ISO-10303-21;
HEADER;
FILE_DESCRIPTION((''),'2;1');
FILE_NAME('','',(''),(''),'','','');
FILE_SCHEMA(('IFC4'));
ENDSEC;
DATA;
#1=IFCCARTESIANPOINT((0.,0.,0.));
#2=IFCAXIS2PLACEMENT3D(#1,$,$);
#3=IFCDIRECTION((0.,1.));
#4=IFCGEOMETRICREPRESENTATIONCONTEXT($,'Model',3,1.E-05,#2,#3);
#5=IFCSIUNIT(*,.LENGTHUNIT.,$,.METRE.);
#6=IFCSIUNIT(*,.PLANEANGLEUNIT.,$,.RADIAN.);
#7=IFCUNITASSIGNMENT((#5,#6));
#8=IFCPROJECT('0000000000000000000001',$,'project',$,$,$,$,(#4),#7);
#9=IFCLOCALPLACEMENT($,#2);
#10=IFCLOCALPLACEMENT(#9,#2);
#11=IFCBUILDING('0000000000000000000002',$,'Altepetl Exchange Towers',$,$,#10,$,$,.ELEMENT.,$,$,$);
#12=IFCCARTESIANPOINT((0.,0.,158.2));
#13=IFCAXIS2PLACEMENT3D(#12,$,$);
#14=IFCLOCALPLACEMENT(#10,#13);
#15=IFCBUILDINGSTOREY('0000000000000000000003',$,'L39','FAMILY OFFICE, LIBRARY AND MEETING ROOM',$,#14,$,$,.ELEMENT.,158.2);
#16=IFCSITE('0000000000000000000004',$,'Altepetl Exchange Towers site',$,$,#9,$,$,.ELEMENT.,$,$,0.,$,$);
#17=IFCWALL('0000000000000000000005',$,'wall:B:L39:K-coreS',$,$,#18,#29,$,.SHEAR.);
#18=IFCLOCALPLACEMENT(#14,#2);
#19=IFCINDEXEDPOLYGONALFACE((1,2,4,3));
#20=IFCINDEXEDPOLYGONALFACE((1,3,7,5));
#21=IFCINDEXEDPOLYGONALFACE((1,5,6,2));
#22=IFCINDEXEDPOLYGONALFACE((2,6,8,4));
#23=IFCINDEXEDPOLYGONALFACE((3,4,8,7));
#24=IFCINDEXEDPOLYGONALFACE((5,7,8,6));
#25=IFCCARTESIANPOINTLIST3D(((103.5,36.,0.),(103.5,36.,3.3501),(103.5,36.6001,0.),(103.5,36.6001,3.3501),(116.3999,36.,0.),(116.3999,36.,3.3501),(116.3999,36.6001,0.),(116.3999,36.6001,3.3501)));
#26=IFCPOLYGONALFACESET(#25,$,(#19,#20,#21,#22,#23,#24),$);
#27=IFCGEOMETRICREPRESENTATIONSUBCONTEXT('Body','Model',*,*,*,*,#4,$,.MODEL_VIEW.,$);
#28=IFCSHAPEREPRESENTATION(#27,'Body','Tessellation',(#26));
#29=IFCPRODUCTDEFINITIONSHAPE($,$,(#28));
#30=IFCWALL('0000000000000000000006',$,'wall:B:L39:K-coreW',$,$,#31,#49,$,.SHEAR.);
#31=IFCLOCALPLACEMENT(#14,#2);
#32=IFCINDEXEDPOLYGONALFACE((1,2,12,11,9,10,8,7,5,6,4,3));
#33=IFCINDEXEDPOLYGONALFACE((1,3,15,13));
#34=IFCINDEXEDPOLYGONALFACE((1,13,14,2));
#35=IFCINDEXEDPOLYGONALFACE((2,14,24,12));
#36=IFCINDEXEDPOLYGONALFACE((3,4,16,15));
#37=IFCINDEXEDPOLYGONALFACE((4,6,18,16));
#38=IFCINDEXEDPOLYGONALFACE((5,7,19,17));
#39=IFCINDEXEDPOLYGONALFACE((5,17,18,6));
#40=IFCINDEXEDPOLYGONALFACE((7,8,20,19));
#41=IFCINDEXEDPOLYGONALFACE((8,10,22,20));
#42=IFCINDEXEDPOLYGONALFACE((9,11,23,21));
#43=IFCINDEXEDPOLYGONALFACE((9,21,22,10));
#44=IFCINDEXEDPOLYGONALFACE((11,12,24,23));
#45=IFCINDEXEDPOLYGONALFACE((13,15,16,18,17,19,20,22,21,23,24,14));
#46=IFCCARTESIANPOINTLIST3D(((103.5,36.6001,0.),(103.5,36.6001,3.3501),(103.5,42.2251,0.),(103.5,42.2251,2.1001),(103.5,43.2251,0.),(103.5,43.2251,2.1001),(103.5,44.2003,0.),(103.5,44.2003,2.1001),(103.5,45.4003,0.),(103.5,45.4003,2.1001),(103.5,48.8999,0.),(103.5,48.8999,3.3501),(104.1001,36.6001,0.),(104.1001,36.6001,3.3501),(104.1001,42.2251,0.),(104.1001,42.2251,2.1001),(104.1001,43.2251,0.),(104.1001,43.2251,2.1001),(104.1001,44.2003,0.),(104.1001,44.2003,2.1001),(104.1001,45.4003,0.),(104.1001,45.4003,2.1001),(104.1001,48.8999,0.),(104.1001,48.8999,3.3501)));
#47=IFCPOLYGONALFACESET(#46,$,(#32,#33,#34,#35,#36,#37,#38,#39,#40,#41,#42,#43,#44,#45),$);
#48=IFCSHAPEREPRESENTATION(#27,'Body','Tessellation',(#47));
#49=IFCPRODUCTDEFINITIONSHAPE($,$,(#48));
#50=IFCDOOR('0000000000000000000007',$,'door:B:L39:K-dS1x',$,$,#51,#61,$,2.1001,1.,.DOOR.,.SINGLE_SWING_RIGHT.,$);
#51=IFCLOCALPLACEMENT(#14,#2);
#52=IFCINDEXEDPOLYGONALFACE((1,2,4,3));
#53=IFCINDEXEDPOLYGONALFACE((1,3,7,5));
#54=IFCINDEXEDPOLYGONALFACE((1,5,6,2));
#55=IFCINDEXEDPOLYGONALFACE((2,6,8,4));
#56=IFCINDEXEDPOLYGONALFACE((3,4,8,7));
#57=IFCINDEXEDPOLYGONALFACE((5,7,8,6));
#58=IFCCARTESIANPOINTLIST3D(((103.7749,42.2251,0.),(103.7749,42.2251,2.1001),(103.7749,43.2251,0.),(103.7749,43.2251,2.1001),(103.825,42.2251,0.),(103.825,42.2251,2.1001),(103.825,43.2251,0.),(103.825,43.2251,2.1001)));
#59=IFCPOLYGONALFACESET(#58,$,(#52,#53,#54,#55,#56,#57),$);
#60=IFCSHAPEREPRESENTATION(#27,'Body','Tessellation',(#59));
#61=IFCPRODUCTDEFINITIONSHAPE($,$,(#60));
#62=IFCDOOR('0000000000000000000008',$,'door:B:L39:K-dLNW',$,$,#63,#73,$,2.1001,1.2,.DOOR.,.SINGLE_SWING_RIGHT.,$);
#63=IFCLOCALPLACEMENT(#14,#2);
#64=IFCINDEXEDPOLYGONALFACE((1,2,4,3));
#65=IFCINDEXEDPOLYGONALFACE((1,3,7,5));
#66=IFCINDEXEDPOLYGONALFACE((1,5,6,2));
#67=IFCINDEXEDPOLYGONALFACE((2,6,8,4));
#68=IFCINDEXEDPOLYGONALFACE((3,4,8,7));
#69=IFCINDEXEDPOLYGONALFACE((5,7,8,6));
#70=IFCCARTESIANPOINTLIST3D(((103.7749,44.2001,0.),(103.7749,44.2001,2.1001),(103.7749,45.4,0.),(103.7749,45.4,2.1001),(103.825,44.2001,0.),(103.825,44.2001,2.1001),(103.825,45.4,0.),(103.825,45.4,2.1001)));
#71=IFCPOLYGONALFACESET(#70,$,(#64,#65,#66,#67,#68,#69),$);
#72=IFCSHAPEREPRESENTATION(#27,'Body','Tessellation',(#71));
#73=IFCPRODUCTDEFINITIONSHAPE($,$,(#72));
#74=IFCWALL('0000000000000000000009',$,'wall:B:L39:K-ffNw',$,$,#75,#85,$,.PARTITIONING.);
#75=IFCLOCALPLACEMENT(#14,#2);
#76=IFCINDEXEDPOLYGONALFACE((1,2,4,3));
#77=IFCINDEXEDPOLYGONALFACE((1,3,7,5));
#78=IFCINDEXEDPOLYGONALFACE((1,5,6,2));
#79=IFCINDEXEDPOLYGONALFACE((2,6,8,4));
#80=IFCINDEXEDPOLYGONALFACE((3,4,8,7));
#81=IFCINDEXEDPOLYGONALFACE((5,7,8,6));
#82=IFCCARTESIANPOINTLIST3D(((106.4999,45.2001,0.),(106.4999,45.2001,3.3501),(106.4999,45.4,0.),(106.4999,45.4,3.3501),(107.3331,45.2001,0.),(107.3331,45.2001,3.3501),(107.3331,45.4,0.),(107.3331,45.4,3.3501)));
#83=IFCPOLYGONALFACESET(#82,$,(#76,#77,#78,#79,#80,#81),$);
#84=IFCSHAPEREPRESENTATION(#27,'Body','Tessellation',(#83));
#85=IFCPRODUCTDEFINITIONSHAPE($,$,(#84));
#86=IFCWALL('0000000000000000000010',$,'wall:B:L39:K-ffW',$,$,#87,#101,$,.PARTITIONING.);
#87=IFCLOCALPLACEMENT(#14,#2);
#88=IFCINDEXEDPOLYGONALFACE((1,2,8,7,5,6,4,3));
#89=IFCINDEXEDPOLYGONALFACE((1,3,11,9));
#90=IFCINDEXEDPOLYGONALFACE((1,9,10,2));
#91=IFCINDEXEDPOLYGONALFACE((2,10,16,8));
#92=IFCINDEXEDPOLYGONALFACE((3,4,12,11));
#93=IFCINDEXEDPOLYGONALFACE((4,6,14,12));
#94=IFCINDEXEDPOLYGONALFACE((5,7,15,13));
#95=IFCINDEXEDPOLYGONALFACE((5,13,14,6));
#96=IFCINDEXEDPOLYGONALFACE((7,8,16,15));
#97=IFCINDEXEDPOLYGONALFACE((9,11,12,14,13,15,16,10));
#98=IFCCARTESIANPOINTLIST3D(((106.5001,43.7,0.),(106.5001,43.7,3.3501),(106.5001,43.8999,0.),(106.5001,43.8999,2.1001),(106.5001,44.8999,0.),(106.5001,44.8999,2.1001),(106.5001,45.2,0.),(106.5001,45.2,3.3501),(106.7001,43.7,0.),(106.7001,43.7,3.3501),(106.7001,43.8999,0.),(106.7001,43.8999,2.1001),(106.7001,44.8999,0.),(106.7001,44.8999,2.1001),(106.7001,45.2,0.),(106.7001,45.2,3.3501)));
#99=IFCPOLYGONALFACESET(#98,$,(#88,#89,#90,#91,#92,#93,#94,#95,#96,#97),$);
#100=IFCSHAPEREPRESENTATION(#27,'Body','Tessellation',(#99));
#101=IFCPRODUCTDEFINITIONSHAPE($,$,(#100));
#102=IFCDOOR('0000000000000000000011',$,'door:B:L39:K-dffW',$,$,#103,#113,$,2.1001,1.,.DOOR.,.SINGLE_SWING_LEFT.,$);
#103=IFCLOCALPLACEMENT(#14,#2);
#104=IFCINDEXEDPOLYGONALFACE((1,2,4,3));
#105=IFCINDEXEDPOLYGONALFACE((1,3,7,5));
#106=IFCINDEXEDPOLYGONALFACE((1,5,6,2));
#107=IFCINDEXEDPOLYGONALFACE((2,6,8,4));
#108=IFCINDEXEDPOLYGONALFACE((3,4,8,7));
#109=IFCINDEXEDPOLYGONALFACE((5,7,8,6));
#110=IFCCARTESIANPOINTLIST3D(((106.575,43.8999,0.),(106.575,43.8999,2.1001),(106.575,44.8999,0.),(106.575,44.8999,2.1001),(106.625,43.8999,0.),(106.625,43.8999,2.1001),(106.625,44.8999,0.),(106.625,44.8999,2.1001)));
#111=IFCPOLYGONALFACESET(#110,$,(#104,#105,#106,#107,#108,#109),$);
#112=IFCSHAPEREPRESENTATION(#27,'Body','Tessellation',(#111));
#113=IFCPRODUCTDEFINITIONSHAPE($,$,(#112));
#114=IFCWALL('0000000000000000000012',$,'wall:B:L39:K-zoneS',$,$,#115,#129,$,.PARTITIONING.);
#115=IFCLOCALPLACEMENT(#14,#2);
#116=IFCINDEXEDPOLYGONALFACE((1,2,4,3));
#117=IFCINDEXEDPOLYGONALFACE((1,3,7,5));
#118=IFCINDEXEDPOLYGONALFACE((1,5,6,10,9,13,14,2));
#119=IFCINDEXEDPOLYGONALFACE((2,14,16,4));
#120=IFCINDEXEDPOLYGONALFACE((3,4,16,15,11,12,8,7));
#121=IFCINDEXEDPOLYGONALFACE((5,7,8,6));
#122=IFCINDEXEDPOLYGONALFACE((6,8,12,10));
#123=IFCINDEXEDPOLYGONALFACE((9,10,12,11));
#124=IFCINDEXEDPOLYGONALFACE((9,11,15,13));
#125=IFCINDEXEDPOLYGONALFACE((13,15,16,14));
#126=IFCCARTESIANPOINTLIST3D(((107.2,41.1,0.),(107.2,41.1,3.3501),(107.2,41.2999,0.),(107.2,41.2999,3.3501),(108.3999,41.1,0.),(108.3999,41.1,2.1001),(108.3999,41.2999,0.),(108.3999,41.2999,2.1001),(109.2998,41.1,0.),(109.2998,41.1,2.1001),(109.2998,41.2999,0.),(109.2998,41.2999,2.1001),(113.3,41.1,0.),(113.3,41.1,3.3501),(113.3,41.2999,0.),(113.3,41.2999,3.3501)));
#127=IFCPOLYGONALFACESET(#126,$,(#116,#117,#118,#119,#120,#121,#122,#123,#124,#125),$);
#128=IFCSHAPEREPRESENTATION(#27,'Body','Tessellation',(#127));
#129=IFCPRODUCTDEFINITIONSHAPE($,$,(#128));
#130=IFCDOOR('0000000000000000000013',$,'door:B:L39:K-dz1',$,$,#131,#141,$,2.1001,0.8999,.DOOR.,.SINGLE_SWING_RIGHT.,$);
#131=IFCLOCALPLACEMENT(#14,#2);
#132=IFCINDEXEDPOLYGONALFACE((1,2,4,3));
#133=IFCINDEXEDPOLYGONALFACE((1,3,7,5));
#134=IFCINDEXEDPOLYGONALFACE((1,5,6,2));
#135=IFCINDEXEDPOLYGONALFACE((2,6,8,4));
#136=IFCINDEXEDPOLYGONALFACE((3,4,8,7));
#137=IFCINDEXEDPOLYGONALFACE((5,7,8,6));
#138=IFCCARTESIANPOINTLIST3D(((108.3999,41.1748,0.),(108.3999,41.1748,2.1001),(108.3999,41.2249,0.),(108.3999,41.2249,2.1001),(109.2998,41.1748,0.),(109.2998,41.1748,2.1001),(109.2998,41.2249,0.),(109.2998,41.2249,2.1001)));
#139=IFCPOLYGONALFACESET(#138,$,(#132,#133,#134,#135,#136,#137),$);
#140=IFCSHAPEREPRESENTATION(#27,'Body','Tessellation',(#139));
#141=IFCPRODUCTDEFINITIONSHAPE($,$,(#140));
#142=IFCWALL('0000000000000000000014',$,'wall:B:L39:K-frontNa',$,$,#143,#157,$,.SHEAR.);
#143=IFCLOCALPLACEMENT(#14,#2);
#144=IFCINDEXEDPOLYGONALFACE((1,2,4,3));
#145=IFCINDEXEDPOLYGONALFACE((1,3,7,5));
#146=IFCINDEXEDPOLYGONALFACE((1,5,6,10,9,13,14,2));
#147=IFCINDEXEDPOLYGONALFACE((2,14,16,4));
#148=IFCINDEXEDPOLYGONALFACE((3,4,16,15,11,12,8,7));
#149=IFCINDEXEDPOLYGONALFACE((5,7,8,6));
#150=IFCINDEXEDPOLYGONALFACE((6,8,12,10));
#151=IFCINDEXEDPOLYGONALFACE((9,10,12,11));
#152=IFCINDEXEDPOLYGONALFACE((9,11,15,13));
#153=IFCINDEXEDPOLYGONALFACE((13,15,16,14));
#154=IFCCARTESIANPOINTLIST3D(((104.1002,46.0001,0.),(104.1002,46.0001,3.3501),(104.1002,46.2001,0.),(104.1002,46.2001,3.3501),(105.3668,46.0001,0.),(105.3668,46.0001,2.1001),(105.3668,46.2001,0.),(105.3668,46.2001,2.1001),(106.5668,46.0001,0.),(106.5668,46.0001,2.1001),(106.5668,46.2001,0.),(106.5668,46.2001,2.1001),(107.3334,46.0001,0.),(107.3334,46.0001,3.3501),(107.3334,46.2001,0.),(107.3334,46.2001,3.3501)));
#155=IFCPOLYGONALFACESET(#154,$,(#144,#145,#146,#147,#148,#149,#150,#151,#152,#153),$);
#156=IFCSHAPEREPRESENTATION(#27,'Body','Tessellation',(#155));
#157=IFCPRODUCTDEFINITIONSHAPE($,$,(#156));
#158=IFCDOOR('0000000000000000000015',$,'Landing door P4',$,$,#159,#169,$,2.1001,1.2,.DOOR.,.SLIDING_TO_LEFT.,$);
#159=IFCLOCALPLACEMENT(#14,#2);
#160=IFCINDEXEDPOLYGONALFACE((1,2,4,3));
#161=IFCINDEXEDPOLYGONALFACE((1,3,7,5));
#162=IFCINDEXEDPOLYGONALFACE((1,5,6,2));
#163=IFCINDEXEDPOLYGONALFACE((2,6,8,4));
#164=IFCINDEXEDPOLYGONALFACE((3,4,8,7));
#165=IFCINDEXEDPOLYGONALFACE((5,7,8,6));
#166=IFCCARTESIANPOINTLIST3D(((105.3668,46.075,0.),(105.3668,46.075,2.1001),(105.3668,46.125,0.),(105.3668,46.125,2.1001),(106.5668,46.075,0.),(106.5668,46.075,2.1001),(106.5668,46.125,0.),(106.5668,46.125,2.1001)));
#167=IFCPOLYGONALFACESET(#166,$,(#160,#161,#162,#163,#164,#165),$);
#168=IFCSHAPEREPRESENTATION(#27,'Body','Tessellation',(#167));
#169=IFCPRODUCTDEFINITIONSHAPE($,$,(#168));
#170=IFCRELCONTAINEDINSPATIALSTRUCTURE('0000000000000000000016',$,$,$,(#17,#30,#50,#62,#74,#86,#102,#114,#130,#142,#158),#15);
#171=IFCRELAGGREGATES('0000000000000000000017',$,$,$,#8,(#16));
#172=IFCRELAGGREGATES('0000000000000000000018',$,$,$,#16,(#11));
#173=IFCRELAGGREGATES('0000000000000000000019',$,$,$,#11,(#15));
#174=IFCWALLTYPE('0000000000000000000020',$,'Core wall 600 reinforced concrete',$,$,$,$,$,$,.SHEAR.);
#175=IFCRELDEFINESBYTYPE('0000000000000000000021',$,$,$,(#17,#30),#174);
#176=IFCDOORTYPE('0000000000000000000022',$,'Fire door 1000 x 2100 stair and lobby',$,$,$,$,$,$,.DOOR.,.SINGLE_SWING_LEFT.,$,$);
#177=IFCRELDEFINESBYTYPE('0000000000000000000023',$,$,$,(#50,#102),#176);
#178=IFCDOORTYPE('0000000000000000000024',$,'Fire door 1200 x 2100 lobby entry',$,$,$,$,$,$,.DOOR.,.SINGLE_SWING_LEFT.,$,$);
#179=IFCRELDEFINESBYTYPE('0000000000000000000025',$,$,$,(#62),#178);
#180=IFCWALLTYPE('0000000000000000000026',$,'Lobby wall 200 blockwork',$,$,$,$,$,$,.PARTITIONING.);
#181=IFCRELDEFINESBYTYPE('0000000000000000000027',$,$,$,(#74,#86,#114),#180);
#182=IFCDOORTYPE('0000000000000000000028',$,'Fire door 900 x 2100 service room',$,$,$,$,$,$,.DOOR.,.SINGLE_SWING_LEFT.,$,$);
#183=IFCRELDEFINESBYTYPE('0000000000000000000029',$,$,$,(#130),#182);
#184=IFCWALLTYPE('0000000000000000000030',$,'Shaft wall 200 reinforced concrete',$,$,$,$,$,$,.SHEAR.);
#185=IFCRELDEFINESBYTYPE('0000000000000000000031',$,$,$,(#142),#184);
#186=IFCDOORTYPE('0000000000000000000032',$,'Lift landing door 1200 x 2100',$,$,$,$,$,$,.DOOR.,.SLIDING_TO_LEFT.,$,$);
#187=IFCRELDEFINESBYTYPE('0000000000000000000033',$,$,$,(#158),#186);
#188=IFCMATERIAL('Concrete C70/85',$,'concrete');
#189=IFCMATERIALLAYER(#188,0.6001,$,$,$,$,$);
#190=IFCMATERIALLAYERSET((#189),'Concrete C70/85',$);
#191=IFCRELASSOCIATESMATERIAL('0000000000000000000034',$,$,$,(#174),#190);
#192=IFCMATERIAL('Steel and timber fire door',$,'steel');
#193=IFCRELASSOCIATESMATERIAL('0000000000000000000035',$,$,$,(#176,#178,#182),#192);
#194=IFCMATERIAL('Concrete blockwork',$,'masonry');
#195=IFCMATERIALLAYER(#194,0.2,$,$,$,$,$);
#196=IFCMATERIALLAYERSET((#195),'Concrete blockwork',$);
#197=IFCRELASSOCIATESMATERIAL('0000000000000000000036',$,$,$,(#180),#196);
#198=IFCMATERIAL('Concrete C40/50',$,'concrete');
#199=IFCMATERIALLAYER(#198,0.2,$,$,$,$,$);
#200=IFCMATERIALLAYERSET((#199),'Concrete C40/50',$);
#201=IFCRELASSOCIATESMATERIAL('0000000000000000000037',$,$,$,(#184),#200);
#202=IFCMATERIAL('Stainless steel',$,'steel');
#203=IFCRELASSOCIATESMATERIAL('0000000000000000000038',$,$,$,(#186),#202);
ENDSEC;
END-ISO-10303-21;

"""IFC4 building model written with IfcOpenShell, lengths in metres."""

from ifc_helpers import new_model, si_unit, direction, frame, frame_2d, origin, place, context, subcontext, project, spatial, rectangle, extrude, material, layer, layer_set, type_object, element, fill, save


model = new_model("IFC4")

# Units and contexts
model_context = context("Model", 3, precision=1e-05, world=origin(), true_north=direction((0.0, 1.0)))
body_context = subcontext(model_context, "Body", "Model", "MODEL_VIEW")
ifc_project = project(units=[si_unit("LENGTHUNIT", "METRE"), si_unit("PLANEANGLEUNIT", "RADIAN")], contexts=[model_context])

# Site, building, storey
site_placement = place(None, origin())
site = spatial("IfcSite", under=ifc_project, at=site_placement, Name="Altepetl Exchange Towers site", CompositionType="ELEMENT", RefElevation=0.0)
building_placement = place(site_placement, origin())
building = spatial("IfcBuilding", under=site, at=building_placement, Name="Altepetl Exchange Towers", CompositionType="ELEMENT")
storey_placement = place(building_placement, frame((0.0, 0.0, 158.2)))
storey = spatial("IfcBuildingStorey", under=building, at=storey_placement, Name="L39", Description="FAMILY OFFICE, LIBRARY AND MEETING ROOM", CompositionType="ELEMENT", Elevation=158.2)

# Wall
ifc_material_1 = material(Name="Concrete C70/85", Category="concrete")
ifc_layer_1 = layer(ifc_material_1, 0.6001)
ifc_layer_set_1 = layer_set([ifc_layer_1], Name="Concrete C70/85")
wall_type_1 = type_object("IfcWallType", Name="Core wall 600 reinforced concrete", PredefinedType="SHEAR", material=ifc_layer_set_1)
wall_1_placement = place(storey_placement, frame((103.5, 36.3, 0.0)))
element("IfcWall", 1, at=wall_1_placement, inside=storey, type_object=wall_type_1, Name="wall:B:L39:K-coreS", PredefinedType="SHEAR", context=body_context, shape_type="SweptSolid", body=[
    extrude(rectangle(XDim=12.8999, YDim=0.6001, at=frame_2d((6.45, 0.0))), origin(), (0.0, 0.0, 1.0), 3.3501),
])

# Wall, openings, doors
wall_2_placement = place(storey_placement, frame((103.8, 36.6001, 0.0), z_axis=(0.0, 0.0, 1.0), x_axis=(0.0, 1.0, 0.0)))
wall_2 = element("IfcWall", 2, at=wall_2_placement, inside=storey, type_object=wall_type_1, Name="wall:B:L39:K-coreW", PredefinedType="SHEAR", context=body_context, shape_type="SweptSolid", body=[
    extrude(rectangle(XDim=12.2998, YDim=0.6001, at=frame_2d((6.1499, 0.0))), origin(), (0.0, 0.0, 1.0), 3.3501),
])
opening_1_placement = place(wall_2_placement, frame((7.6001, 0.0, 0.0)))
opening_1 = element("IfcOpeningElement", 3, at=opening_1_placement, cuts=wall_2, PredefinedType="OPENING", context=body_context, shape_type="SweptSolid", body=[
    extrude(rectangle(XDim=1.2, YDim=2.1001, at=frame_2d((0.6001, 1.05))), frame((0.0, 0.3101, 0.0), z_axis=(0.0, -1.0, 0.0), x_axis=(1.0, 0.0, 0.0)), (0.0, 0.0, 1.0), 0.6201),
])
opening_2_placement = place(wall_2_placement, frame((5.625, 0.0, 0.0)))
opening_2 = element("IfcOpeningElement", 4, at=opening_2_placement, cuts=wall_2, PredefinedType="OPENING", context=body_context, shape_type="SweptSolid", body=[
    extrude(rectangle(XDim=1.0, YDim=2.1001, at=frame_2d((0.5, 1.05))), frame((0.0, 0.3101, 0.0), z_axis=(0.0, -1.0, 0.0), x_axis=(1.0, 0.0, 0.0)), (0.0, 0.0, 1.0), 0.6201),
])
ifc_material_2 = material(Name="Steel and timber fire door", Category="steel")
door_type_1 = type_object("IfcDoorType", Name="Fire door 1000 x 2100 stair and lobby", OperationType="SINGLE_SWING_LEFT", PredefinedType="DOOR", material=ifc_material_2)
door_1_placement = place(opening_2_placement, frame((1.0, 0.0, 0.0), x_axis=(-1.0, 0.0, 0.0)))
door_1 = element("IfcDoor", 5, at=door_1_placement, inside=storey, type_object=door_type_1, Name="door:B:L39:K-dS1x", OperationType="SINGLE_SWING_RIGHT", OverallHeight=2.1001, OverallWidth=1.0, PredefinedType="DOOR", context=body_context, shape_type="SweptSolid", body=[
    extrude(rectangle(XDim=1.0, YDim=2.1001, at=frame_2d((0.5, 1.05))), frame((0.0, 0.0249, 0.0), z_axis=(0.0, -1.0, 0.0), x_axis=(1.0, 0.0, 0.0)), (0.0, 0.0, 1.0), 0.05),
])
fill(opening_2, door_1)
door_type_2 = type_object("IfcDoorType", Name="Fire door 1200 x 2100 lobby entry", OperationType="SINGLE_SWING_LEFT", PredefinedType="DOOR", material=ifc_material_2)
door_2_placement = place(opening_1_placement, frame((1.2, 0.0, 0.0), x_axis=(-1.0, 0.0, 0.0)))
door_2 = element("IfcDoor", 6, at=door_2_placement, inside=storey, type_object=door_type_2, Name="door:B:L39:K-dLNW", OperationType="SINGLE_SWING_RIGHT", OverallHeight=2.1001, OverallWidth=1.2, PredefinedType="DOOR", context=body_context, shape_type="SweptSolid", body=[
    extrude(rectangle(XDim=1.2, YDim=2.1001, at=frame_2d((0.6001, 1.05))), frame((0.0, 0.0249, 0.0), z_axis=(0.0, -1.0, 0.0), x_axis=(1.0, 0.0, 0.0)), (0.0, 0.0, 1.0), 0.05),
])
fill(opening_1, door_2)

# Wall
ifc_material_3 = material(Name="Concrete blockwork", Category="masonry")
ifc_layer_2 = layer(ifc_material_3, 0.2)
ifc_layer_set_2 = layer_set([ifc_layer_2], Name="Concrete blockwork")
wall_type_2 = type_object("IfcWallType", Name="Lobby wall 200 blockwork", PredefinedType="PARTITIONING", material=ifc_layer_set_2)
wall_3_placement = place(storey_placement, frame((106.5, 45.3, 0.0)))
element("IfcWall", 7, at=wall_3_placement, inside=storey, type_object=wall_type_2, Name="wall:B:L39:K-ffNw", PredefinedType="PARTITIONING", context=body_context, shape_type="SweptSolid", body=[
    extrude(rectangle(XDim=0.8333, YDim=0.2, at=frame_2d((0.4165, 0.0))), origin(), (0.0, 0.0, 1.0), 3.3501),
])

# Walls, openings, doors
wall_4_placement = place(storey_placement, frame((106.6001, 43.7, 0.0), z_axis=(0.0, 0.0, 1.0), x_axis=(0.0, 1.0, 0.0)))
wall_4 = element("IfcWall", 8, at=wall_4_placement, inside=storey, type_object=wall_type_2, Name="wall:B:L39:K-ffW", PredefinedType="PARTITIONING", context=body_context, shape_type="SweptSolid", body=[
    extrude(rectangle(XDim=1.5, YDim=0.2, at=frame_2d((0.75, 0.0))), origin(), (0.0, 0.0, 1.0), 3.3501),
])
opening_3_placement = place(wall_4_placement, frame((0.2, 0.0, 0.0)))
opening_3 = element("IfcOpeningElement", 9, at=opening_3_placement, cuts=wall_4, PredefinedType="OPENING", context=body_context, shape_type="SweptSolid", body=[
    extrude(rectangle(XDim=1.0, YDim=2.1001, at=frame_2d((0.5, 1.05))), frame((0.0, 0.1099, 0.0), z_axis=(0.0, -1.0, 0.0), x_axis=(1.0, 0.0, 0.0)), (0.0, 0.0, 1.0), 0.22),
])
door_3_placement = place(opening_3_placement, frame((1.0, 0.0, 0.0), x_axis=(-1.0, 0.0, 0.0)))
door_3 = element("IfcDoor", 10, at=door_3_placement, inside=storey, type_object=door_type_1, Name="door:B:L39:K-dffW", OperationType="SINGLE_SWING_LEFT", OverallHeight=2.1001, OverallWidth=1.0, PredefinedType="DOOR", context=body_context, shape_type="SweptSolid", body=[
    extrude(rectangle(XDim=1.0, YDim=2.1001, at=frame_2d((0.5, 1.05))), frame((0.0, 0.0249, 0.0), z_axis=(0.0, -1.0, 0.0), x_axis=(1.0, 0.0, 0.0)), (0.0, 0.0, 1.0), 0.05),
])
fill(opening_3, door_3)
wall_5_placement = place(storey_placement, frame((107.2, 41.2, 0.0)))
wall_5 = element("IfcWall", 11, at=wall_5_placement, inside=storey, type_object=wall_type_2, Name="wall:B:L39:K-zoneS", PredefinedType="PARTITIONING", context=body_context, shape_type="SweptSolid", body=[
    extrude(rectangle(XDim=6.1001, YDim=0.2, at=frame_2d((3.05, 0.0))), origin(), (0.0, 0.0, 1.0), 3.3501),
])
opening_4_placement = place(wall_5_placement, frame((1.2, 0.0, 0.0)))
opening_4 = element("IfcOpeningElement", 12, at=opening_4_placement, cuts=wall_5, PredefinedType="OPENING", context=body_context, shape_type="SweptSolid", body=[
    extrude(rectangle(XDim=0.8999, YDim=2.1001, at=frame_2d((0.45, 1.05))), frame((0.0, 0.1099, 0.0), z_axis=(0.0, -1.0, 0.0), x_axis=(1.0, 0.0, 0.0)), (0.0, 0.0, 1.0), 0.22),
])
door_type_3 = type_object("IfcDoorType", Name="Fire door 900 x 2100 service room", OperationType="SINGLE_SWING_LEFT", PredefinedType="DOOR", material=ifc_material_2)
door_4_placement = place(opening_4_placement, origin())
door_4 = element("IfcDoor", 13, at=door_4_placement, inside=storey, type_object=door_type_3, Name="door:B:L39:K-dz1", OperationType="SINGLE_SWING_RIGHT", OverallHeight=2.1001, OverallWidth=0.8999, PredefinedType="DOOR", context=body_context, shape_type="SweptSolid", body=[
    extrude(rectangle(XDim=0.8999, YDim=2.1001, at=frame_2d((0.45, 1.05))), frame((0.0, 0.0249, 0.0), z_axis=(0.0, -1.0, 0.0), x_axis=(1.0, 0.0, 0.0)), (0.0, 0.0, 1.0), 0.05),
])
fill(opening_4, door_4)
ifc_material_4 = material(Name="Concrete C40/50", Category="concrete")
ifc_layer_3 = layer(ifc_material_4, 0.2)
ifc_layer_set_3 = layer_set([ifc_layer_3], Name="Concrete C40/50")
wall_type_3 = type_object("IfcWallType", Name="Shaft wall 200 reinforced concrete", PredefinedType="SHEAR", material=ifc_layer_set_3)
wall_6_placement = place(storey_placement, frame((104.1001, 46.1001, 0.0)))
wall_6 = element("IfcWall", 14, at=wall_6_placement, inside=storey, type_object=wall_type_3, Name="wall:B:L39:K-frontNa", PredefinedType="SHEAR", context=body_context, shape_type="SweptSolid", body=[
    extrude(rectangle(XDim=3.2332, YDim=0.2, at=frame_2d((1.6167, 0.0))), origin(), (0.0, 0.0, 1.0), 3.3501),
])
opening_5_placement = place(wall_6_placement, frame((1.2666, 0.0, 0.0)))
opening_5 = element("IfcOpeningElement", 15, at=opening_5_placement, cuts=wall_6, PredefinedType="OPENING", context=body_context, shape_type="SweptSolid", body=[
    extrude(rectangle(XDim=1.2, YDim=2.1001, at=frame_2d((0.6001, 1.05))), frame((0.0, 0.1099, 0.0), z_axis=(0.0, -1.0, 0.0), x_axis=(1.0, 0.0, 0.0)), (0.0, 0.0, 1.0), 0.22),
])
ifc_material_5 = material(Name="Stainless steel", Category="steel")
door_type_4 = type_object("IfcDoorType", Name="Lift landing door 1200 x 2100", OperationType="SLIDING_TO_LEFT", PredefinedType="DOOR", material=ifc_material_5)
door_5_placement = place(opening_5_placement, origin())
door_5 = element("IfcDoor", 16, at=door_5_placement, inside=storey, type_object=door_type_4, Name="Landing door P4", OperationType="SLIDING_TO_LEFT", OverallHeight=2.1001, OverallWidth=1.2, PredefinedType="DOOR", context=body_context, shape_type="SweptSolid", body=[
    extrude(rectangle(XDim=1.2, YDim=2.1001, at=frame_2d((0.6001, 1.05))), frame((0.0, 0.0249, 0.0), z_axis=(0.0, -1.0, 0.0), x_axis=(1.0, 0.0, 0.0)), (0.0, 0.0, 1.0), 0.05),
])
fill(opening_5, door_5)

save(model, "model.ifc")
